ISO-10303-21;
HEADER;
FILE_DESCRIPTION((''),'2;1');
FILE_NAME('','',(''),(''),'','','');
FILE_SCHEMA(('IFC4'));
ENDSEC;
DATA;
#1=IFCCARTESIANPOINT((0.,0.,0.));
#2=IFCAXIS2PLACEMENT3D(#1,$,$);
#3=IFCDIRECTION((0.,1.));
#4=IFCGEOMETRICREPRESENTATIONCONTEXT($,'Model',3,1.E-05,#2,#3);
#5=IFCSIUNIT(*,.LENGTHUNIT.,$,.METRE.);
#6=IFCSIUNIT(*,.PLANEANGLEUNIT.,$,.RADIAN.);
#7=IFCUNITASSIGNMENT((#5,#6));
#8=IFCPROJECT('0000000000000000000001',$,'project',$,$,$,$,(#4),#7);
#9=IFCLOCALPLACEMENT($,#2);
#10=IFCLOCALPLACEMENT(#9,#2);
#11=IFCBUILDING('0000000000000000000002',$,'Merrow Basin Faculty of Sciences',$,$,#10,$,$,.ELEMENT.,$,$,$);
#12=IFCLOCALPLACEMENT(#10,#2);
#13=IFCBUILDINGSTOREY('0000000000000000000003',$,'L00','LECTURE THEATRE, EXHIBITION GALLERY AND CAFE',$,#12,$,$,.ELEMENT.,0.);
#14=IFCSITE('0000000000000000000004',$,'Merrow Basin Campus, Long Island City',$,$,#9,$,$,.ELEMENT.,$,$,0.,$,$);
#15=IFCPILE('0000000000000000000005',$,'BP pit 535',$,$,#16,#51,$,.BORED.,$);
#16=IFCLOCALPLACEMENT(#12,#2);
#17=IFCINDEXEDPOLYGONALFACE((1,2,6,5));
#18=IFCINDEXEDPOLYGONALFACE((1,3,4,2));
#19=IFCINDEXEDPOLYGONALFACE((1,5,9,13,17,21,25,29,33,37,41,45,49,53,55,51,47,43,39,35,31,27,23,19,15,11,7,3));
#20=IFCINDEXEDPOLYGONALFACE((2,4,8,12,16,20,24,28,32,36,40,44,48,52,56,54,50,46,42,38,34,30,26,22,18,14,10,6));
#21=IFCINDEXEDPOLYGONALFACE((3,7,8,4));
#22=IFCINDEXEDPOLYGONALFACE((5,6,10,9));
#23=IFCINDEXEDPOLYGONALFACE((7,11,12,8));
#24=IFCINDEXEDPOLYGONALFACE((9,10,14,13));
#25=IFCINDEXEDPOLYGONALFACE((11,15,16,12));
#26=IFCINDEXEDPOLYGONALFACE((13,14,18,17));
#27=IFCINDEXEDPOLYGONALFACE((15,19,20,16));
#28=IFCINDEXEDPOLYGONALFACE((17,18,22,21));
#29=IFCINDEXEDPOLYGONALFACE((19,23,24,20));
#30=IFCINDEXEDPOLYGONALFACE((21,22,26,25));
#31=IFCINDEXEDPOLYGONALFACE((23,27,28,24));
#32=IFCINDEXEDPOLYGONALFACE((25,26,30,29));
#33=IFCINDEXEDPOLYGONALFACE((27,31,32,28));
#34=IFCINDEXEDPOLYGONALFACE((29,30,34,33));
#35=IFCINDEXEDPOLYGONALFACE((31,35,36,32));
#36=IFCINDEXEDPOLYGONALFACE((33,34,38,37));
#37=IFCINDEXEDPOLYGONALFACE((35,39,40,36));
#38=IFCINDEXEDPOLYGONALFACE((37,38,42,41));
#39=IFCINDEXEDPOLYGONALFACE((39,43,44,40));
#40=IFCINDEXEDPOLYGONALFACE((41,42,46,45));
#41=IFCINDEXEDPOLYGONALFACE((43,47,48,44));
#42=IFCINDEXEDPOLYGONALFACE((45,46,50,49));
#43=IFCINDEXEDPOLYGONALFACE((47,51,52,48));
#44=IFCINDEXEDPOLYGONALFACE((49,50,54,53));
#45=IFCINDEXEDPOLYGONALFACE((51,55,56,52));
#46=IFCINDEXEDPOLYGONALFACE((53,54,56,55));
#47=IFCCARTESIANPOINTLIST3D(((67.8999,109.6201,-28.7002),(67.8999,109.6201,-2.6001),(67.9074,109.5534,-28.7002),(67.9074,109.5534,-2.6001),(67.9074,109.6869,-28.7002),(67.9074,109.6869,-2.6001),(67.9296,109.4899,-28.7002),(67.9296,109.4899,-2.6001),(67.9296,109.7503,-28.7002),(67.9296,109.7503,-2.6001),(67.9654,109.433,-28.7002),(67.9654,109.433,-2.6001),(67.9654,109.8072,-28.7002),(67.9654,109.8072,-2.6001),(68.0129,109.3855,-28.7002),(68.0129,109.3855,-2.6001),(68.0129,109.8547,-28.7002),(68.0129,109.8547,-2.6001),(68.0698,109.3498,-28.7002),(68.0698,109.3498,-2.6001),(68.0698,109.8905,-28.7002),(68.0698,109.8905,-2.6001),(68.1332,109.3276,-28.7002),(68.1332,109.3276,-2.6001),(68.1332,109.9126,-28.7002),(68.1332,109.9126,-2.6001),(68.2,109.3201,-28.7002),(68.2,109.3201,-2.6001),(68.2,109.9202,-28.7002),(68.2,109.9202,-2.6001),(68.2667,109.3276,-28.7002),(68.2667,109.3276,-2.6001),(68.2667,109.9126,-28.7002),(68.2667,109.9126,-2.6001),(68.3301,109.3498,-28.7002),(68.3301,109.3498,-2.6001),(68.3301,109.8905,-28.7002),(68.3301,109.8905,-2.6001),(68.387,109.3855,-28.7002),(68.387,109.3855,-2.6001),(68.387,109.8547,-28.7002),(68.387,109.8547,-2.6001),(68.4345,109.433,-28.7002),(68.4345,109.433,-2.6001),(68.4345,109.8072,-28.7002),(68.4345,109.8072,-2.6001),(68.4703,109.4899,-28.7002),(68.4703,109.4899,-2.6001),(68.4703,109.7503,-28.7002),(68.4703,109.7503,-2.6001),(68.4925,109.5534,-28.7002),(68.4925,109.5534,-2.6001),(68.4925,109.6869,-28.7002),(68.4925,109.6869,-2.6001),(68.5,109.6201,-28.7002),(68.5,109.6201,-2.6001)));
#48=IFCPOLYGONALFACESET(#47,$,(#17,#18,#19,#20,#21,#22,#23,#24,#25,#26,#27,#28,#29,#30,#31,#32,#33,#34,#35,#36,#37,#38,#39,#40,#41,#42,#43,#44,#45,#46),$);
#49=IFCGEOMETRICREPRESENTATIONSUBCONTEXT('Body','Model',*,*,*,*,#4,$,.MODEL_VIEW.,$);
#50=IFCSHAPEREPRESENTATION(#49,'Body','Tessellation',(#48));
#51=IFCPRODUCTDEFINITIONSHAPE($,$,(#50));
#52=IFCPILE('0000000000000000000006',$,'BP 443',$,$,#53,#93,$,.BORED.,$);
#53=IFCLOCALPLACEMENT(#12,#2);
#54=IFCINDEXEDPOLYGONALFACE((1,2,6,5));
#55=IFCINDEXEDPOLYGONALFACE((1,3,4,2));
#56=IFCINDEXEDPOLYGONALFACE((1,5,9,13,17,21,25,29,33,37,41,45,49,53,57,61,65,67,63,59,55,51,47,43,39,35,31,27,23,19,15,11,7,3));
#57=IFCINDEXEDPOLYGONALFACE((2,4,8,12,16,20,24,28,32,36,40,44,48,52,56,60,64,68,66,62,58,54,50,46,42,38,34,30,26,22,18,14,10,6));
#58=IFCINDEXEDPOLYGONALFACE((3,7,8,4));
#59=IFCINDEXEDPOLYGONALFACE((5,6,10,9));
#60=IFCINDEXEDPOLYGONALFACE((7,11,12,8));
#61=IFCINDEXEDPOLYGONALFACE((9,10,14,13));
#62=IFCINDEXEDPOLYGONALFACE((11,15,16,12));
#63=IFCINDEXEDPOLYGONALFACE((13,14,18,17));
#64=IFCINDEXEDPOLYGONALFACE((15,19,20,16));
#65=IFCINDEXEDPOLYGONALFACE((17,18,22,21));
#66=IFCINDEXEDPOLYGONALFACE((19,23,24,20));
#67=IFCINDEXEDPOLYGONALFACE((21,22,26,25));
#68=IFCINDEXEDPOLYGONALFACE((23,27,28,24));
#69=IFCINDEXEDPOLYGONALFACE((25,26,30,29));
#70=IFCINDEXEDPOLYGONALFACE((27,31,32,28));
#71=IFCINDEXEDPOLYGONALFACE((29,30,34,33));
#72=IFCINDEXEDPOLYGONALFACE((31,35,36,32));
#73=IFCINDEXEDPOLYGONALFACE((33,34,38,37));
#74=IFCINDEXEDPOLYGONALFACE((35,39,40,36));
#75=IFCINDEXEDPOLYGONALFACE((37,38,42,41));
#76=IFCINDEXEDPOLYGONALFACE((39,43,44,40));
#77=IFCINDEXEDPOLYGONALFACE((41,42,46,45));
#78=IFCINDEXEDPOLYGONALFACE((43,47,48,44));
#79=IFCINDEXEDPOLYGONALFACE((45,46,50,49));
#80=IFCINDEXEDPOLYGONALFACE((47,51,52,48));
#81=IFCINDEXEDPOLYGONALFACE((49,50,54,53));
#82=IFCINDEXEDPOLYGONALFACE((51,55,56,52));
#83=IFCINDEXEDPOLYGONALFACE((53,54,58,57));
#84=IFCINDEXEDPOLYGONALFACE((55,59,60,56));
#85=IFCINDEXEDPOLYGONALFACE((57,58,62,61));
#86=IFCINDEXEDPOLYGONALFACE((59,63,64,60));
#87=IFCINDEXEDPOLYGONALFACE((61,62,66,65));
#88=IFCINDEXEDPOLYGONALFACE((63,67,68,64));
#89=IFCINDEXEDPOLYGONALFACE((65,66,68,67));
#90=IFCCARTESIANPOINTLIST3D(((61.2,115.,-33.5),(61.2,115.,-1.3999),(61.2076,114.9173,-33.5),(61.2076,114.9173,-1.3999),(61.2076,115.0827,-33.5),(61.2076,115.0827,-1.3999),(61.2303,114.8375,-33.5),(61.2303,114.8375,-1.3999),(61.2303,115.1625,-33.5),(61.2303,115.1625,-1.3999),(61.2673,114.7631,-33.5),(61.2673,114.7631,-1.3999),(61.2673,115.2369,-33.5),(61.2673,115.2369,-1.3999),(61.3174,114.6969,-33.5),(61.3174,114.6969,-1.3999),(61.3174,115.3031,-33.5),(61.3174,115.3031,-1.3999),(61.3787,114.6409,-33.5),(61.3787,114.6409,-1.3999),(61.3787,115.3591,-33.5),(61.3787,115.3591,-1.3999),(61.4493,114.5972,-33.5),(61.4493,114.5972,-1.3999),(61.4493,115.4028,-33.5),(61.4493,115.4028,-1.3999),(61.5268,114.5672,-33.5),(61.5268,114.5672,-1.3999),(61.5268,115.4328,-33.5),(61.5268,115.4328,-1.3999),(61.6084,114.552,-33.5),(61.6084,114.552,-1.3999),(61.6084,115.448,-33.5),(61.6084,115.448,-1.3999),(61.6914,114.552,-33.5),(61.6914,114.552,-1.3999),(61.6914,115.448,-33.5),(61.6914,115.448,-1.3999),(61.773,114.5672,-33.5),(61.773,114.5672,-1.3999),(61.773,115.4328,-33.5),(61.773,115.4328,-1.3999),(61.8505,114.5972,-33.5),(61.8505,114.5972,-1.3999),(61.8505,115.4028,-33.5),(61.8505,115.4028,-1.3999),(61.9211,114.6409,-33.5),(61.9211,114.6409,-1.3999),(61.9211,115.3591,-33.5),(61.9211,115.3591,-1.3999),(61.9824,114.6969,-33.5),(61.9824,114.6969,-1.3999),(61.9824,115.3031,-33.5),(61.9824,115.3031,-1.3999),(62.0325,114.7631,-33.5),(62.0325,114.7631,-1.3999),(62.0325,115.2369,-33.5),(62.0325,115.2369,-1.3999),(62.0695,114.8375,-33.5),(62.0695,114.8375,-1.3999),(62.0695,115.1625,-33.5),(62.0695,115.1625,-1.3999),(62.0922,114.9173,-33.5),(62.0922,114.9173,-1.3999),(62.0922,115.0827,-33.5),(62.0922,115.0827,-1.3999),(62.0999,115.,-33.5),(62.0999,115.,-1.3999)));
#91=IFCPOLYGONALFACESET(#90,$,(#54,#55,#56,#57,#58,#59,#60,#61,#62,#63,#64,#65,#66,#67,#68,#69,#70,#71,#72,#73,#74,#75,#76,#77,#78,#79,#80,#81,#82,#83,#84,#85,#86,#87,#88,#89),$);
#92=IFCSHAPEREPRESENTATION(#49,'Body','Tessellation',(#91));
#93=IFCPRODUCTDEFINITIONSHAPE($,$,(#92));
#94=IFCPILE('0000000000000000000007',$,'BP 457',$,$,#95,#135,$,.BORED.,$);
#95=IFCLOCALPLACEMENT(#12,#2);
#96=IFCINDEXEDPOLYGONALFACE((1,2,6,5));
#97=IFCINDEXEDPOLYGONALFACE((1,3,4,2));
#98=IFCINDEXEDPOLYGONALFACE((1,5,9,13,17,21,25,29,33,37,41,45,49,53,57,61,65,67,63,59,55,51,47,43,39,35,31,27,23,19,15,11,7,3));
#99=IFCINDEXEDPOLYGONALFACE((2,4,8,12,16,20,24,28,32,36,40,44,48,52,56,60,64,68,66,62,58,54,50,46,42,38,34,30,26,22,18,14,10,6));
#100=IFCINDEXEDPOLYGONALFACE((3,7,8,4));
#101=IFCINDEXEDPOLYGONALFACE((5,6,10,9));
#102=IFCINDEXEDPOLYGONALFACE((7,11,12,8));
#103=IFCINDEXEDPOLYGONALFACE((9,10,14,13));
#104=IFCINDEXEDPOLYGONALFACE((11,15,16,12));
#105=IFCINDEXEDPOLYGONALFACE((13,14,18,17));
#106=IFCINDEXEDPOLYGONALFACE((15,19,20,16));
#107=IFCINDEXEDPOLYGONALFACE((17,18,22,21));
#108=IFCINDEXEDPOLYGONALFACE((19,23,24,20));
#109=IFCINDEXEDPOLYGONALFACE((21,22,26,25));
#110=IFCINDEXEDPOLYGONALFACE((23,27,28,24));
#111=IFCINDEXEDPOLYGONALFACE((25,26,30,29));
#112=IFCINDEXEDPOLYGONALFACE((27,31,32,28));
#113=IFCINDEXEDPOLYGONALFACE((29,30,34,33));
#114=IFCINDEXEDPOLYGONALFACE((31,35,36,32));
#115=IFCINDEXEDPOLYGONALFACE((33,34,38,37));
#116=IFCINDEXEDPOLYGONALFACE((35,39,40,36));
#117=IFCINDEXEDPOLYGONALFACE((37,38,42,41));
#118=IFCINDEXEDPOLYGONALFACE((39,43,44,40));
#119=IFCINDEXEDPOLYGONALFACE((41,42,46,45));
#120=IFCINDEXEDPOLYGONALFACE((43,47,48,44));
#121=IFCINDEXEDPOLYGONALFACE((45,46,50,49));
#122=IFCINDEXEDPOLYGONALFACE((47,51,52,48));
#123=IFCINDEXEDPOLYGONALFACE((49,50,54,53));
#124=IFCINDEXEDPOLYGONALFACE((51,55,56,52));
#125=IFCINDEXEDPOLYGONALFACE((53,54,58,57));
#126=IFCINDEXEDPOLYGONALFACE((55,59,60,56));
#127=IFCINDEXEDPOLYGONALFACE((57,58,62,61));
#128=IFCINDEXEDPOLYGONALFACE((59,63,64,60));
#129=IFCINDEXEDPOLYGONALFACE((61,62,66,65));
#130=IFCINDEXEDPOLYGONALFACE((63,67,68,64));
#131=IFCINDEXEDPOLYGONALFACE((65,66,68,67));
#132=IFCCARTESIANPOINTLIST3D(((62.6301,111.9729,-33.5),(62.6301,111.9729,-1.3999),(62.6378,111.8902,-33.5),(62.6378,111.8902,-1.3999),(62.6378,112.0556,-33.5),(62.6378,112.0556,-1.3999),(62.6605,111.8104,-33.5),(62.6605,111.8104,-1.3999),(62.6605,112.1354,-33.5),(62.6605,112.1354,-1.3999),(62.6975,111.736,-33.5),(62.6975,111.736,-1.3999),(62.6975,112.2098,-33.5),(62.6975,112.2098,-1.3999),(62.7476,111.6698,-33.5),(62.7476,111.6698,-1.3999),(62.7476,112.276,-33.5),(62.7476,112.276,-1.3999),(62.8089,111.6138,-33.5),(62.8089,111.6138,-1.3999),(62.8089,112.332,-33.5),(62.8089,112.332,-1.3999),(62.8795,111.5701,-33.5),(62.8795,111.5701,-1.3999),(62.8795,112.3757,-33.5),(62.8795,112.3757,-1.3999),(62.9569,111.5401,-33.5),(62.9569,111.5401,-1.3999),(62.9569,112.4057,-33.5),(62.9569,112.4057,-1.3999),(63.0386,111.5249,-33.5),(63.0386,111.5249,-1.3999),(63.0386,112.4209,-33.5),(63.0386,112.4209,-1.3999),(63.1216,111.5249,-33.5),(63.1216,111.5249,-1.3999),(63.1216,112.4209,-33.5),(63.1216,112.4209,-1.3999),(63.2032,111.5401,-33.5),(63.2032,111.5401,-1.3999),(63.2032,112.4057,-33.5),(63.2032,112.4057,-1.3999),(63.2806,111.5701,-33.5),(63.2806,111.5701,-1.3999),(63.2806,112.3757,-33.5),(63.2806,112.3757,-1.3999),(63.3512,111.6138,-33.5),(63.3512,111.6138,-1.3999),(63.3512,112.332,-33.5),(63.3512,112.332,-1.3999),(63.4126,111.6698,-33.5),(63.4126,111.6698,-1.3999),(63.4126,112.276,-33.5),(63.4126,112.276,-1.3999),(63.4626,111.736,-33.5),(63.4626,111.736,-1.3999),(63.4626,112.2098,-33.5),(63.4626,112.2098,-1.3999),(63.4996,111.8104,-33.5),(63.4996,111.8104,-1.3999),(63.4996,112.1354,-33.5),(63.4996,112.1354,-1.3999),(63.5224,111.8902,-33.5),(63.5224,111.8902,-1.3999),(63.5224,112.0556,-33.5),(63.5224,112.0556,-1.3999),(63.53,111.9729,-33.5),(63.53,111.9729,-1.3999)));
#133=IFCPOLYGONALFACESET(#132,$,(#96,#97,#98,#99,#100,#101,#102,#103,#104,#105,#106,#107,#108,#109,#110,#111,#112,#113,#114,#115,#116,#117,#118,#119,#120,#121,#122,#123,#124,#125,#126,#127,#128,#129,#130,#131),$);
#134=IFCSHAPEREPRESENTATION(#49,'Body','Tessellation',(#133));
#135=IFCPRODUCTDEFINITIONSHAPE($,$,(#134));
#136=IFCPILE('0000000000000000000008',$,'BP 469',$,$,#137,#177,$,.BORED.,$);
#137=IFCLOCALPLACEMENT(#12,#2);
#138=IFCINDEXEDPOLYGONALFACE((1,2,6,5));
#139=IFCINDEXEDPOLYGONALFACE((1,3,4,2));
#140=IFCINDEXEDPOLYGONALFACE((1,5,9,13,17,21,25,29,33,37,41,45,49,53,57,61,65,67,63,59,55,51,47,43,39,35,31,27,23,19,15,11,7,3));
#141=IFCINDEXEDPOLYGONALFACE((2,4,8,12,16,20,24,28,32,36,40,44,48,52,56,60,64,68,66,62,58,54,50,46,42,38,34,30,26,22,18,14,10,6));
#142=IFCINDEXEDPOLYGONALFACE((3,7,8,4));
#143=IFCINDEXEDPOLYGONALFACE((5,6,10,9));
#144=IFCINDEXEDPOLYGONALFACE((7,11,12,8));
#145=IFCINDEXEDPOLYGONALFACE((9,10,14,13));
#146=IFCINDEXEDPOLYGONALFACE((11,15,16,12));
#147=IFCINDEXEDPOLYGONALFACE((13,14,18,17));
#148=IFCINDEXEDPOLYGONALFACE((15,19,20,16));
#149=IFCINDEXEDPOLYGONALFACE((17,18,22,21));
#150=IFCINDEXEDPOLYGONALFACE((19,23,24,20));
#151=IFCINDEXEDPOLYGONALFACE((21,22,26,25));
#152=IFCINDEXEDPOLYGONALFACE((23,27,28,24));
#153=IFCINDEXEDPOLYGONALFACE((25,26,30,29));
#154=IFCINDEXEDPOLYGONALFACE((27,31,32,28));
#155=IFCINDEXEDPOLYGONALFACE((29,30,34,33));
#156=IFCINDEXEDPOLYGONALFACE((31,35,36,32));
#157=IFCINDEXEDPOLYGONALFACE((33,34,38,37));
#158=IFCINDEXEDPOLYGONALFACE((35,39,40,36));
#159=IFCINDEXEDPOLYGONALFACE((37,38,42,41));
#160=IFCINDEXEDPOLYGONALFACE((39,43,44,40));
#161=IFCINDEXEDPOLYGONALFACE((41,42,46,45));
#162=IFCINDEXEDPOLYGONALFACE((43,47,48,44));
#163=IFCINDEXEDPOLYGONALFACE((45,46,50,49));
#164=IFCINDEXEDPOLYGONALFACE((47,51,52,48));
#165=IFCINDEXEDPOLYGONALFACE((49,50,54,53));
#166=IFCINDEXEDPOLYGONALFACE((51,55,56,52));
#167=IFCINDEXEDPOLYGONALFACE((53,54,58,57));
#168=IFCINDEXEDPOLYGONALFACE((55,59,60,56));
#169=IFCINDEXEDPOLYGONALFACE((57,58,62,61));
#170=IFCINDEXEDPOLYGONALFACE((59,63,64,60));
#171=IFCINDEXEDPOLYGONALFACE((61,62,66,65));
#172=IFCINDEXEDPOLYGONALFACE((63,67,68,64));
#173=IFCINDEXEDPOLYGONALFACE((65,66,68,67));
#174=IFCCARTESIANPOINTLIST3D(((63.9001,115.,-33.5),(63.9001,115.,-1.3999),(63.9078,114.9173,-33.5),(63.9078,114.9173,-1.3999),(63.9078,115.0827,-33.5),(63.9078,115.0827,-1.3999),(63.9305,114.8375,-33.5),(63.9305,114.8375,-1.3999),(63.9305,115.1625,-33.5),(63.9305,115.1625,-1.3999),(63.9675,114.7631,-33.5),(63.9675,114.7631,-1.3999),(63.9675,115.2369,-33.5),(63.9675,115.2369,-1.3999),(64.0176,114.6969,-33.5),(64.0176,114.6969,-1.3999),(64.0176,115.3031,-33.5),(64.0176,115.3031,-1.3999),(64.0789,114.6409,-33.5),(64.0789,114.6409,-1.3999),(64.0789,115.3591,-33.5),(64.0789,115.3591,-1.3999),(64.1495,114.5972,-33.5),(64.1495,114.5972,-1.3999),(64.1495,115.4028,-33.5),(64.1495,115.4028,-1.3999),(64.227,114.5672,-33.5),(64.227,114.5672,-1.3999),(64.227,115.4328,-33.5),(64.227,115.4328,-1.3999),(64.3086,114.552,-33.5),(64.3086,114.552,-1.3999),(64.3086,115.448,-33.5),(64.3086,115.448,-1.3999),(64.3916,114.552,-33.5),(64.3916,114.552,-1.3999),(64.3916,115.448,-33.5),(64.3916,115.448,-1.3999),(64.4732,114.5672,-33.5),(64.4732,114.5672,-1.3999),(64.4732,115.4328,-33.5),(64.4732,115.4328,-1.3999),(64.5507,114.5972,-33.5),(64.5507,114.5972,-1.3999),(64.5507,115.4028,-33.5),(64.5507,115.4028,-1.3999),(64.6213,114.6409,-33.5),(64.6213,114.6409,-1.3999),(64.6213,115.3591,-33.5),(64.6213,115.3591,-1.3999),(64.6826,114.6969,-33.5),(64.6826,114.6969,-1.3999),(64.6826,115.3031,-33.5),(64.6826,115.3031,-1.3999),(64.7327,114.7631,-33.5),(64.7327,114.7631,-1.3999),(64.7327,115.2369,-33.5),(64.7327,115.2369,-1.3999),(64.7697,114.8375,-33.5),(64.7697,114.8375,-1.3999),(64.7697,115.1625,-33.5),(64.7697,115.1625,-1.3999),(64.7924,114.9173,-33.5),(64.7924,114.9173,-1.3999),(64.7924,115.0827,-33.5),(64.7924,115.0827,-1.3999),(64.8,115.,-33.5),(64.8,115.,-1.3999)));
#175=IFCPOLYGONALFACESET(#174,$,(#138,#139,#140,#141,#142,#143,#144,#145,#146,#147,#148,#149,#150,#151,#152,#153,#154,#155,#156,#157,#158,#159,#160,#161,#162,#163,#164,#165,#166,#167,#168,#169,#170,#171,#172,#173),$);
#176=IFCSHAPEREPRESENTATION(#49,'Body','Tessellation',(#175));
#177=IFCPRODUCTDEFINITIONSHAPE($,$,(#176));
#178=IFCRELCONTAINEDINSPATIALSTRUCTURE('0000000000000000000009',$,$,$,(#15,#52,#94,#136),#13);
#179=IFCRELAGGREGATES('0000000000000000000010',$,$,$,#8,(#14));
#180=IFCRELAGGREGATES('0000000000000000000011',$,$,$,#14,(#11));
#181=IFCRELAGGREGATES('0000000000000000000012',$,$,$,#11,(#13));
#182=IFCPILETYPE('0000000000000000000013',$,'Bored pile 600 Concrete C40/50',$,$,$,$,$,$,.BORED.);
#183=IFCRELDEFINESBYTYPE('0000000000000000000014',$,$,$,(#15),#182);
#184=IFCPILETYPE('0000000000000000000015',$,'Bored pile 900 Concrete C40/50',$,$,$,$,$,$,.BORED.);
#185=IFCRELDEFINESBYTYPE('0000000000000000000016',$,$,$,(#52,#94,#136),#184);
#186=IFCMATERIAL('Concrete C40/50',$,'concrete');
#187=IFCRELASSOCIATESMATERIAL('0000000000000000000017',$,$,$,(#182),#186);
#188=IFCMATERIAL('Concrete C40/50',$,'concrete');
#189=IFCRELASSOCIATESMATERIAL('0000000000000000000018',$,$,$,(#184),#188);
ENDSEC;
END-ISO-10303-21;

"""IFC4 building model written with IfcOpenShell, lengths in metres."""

from ifc_helpers import new_model, si_unit, direction, frame, origin, origin_2d, place, context, subcontext, project, spatial, circle, extrude, material, material_profile, profile_set, type_object, element, save


model = new_model("IFC4")

# Units and contexts
model_context = context("Model", 3, precision=1e-05, world=origin(), true_north=direction((0.0, 1.0)))
body_context = subcontext(model_context, "Body", "Model", "MODEL_VIEW")
ifc_project = project(units=[si_unit("LENGTHUNIT", "METRE"), si_unit("PLANEANGLEUNIT", "RADIAN")], contexts=[model_context])

# Site, building, storey
site_placement = place(None, origin())
site = spatial("IfcSite", under=ifc_project, at=site_placement, Name="Merrow Basin Campus, Long Island City", CompositionType="ELEMENT", RefElevation=0.0)
building_placement = place(site_placement, origin())
building = spatial("IfcBuilding", under=site, at=building_placement, Name="Merrow Basin Faculty of Sciences", CompositionType="ELEMENT")
storey_placement = place(building_placement, origin())
storey = spatial("IfcBuildingStorey", under=building, at=storey_placement, Name="L00", Description="LECTURE THEATRE, EXHIBITION GALLERY AND CAFE", CompositionType="ELEMENT", Elevation=0.0)

# Piles
ifc_material_1 = material(Name="Concrete C40/50", Category="concrete")
ifc_material_profile_1 = material_profile(ifc_material_1, circle(Radius=0.3, at=origin_2d()))
ifc_profile_set_1 = profile_set([ifc_material_profile_1], Name="Concrete C40/50")
pile_type_1 = type_object("IfcPileType", Name="Bored pile 600 Concrete C40/50", PredefinedType="BORED", material=ifc_profile_set_1)
pile_placement = place(storey_placement, frame((68.2, 109.6201, -2.6001), z_axis=(0.0, 0.0, -1.0), x_axis=(1.0, 0.0, 0.0)))
element("IfcPile", 1, at=pile_placement, inside=storey, type_object=pile_type_1, Name="BP pit 535", PredefinedType="BORED", context=body_context, shape_type="SweptSolid", body=[
    extrude(circle(Radius=0.3, at=origin_2d()), origin(), (0.0, 0.0, 1.0), 26.1001),
])
ifc_material_2 = material(Name="Concrete C40/50", Category="concrete")
ifc_material_profile_2 = material_profile(ifc_material_2, circle(Radius=0.45, at=origin_2d()))
ifc_profile_set_2 = profile_set([ifc_material_profile_2], Name="Concrete C40/50")
pile_type_2 = type_object("IfcPileType", Name="Bored pile 900 Concrete C40/50", PredefinedType="BORED", material=ifc_profile_set_2)
for number, where, z_axis, x_axis, name in (
    (2, (61.6499, 115.0, -1.3999), (0.0, 0.0, -1.0), (1.0, 0.0, 0.0), "BP 443"),
    (3, (63.0801, 111.9729, -1.3999), (0.0, 0.0, -1.0), (1.0, 0.0, 0.0), "BP 457"),
    (4, (64.3501, 115.0, -1.3999), (0.0, 0.0, -1.0), (1.0, 0.0, 0.0), "BP 469"),
):
    element("IfcPile", number, at=place(storey_placement, frame(where, z_axis=z_axis, x_axis=x_axis)), inside=storey, type_object=pile_type_2, Name=name, PredefinedType="BORED", context=body_context, shape_type="SweptSolid", body=[
        extrude(circle(Radius=0.45, at=origin_2d()), origin(), (0.0, 0.0, 1.0), 32.1001),
    ])

save(model, "model.ifc")
